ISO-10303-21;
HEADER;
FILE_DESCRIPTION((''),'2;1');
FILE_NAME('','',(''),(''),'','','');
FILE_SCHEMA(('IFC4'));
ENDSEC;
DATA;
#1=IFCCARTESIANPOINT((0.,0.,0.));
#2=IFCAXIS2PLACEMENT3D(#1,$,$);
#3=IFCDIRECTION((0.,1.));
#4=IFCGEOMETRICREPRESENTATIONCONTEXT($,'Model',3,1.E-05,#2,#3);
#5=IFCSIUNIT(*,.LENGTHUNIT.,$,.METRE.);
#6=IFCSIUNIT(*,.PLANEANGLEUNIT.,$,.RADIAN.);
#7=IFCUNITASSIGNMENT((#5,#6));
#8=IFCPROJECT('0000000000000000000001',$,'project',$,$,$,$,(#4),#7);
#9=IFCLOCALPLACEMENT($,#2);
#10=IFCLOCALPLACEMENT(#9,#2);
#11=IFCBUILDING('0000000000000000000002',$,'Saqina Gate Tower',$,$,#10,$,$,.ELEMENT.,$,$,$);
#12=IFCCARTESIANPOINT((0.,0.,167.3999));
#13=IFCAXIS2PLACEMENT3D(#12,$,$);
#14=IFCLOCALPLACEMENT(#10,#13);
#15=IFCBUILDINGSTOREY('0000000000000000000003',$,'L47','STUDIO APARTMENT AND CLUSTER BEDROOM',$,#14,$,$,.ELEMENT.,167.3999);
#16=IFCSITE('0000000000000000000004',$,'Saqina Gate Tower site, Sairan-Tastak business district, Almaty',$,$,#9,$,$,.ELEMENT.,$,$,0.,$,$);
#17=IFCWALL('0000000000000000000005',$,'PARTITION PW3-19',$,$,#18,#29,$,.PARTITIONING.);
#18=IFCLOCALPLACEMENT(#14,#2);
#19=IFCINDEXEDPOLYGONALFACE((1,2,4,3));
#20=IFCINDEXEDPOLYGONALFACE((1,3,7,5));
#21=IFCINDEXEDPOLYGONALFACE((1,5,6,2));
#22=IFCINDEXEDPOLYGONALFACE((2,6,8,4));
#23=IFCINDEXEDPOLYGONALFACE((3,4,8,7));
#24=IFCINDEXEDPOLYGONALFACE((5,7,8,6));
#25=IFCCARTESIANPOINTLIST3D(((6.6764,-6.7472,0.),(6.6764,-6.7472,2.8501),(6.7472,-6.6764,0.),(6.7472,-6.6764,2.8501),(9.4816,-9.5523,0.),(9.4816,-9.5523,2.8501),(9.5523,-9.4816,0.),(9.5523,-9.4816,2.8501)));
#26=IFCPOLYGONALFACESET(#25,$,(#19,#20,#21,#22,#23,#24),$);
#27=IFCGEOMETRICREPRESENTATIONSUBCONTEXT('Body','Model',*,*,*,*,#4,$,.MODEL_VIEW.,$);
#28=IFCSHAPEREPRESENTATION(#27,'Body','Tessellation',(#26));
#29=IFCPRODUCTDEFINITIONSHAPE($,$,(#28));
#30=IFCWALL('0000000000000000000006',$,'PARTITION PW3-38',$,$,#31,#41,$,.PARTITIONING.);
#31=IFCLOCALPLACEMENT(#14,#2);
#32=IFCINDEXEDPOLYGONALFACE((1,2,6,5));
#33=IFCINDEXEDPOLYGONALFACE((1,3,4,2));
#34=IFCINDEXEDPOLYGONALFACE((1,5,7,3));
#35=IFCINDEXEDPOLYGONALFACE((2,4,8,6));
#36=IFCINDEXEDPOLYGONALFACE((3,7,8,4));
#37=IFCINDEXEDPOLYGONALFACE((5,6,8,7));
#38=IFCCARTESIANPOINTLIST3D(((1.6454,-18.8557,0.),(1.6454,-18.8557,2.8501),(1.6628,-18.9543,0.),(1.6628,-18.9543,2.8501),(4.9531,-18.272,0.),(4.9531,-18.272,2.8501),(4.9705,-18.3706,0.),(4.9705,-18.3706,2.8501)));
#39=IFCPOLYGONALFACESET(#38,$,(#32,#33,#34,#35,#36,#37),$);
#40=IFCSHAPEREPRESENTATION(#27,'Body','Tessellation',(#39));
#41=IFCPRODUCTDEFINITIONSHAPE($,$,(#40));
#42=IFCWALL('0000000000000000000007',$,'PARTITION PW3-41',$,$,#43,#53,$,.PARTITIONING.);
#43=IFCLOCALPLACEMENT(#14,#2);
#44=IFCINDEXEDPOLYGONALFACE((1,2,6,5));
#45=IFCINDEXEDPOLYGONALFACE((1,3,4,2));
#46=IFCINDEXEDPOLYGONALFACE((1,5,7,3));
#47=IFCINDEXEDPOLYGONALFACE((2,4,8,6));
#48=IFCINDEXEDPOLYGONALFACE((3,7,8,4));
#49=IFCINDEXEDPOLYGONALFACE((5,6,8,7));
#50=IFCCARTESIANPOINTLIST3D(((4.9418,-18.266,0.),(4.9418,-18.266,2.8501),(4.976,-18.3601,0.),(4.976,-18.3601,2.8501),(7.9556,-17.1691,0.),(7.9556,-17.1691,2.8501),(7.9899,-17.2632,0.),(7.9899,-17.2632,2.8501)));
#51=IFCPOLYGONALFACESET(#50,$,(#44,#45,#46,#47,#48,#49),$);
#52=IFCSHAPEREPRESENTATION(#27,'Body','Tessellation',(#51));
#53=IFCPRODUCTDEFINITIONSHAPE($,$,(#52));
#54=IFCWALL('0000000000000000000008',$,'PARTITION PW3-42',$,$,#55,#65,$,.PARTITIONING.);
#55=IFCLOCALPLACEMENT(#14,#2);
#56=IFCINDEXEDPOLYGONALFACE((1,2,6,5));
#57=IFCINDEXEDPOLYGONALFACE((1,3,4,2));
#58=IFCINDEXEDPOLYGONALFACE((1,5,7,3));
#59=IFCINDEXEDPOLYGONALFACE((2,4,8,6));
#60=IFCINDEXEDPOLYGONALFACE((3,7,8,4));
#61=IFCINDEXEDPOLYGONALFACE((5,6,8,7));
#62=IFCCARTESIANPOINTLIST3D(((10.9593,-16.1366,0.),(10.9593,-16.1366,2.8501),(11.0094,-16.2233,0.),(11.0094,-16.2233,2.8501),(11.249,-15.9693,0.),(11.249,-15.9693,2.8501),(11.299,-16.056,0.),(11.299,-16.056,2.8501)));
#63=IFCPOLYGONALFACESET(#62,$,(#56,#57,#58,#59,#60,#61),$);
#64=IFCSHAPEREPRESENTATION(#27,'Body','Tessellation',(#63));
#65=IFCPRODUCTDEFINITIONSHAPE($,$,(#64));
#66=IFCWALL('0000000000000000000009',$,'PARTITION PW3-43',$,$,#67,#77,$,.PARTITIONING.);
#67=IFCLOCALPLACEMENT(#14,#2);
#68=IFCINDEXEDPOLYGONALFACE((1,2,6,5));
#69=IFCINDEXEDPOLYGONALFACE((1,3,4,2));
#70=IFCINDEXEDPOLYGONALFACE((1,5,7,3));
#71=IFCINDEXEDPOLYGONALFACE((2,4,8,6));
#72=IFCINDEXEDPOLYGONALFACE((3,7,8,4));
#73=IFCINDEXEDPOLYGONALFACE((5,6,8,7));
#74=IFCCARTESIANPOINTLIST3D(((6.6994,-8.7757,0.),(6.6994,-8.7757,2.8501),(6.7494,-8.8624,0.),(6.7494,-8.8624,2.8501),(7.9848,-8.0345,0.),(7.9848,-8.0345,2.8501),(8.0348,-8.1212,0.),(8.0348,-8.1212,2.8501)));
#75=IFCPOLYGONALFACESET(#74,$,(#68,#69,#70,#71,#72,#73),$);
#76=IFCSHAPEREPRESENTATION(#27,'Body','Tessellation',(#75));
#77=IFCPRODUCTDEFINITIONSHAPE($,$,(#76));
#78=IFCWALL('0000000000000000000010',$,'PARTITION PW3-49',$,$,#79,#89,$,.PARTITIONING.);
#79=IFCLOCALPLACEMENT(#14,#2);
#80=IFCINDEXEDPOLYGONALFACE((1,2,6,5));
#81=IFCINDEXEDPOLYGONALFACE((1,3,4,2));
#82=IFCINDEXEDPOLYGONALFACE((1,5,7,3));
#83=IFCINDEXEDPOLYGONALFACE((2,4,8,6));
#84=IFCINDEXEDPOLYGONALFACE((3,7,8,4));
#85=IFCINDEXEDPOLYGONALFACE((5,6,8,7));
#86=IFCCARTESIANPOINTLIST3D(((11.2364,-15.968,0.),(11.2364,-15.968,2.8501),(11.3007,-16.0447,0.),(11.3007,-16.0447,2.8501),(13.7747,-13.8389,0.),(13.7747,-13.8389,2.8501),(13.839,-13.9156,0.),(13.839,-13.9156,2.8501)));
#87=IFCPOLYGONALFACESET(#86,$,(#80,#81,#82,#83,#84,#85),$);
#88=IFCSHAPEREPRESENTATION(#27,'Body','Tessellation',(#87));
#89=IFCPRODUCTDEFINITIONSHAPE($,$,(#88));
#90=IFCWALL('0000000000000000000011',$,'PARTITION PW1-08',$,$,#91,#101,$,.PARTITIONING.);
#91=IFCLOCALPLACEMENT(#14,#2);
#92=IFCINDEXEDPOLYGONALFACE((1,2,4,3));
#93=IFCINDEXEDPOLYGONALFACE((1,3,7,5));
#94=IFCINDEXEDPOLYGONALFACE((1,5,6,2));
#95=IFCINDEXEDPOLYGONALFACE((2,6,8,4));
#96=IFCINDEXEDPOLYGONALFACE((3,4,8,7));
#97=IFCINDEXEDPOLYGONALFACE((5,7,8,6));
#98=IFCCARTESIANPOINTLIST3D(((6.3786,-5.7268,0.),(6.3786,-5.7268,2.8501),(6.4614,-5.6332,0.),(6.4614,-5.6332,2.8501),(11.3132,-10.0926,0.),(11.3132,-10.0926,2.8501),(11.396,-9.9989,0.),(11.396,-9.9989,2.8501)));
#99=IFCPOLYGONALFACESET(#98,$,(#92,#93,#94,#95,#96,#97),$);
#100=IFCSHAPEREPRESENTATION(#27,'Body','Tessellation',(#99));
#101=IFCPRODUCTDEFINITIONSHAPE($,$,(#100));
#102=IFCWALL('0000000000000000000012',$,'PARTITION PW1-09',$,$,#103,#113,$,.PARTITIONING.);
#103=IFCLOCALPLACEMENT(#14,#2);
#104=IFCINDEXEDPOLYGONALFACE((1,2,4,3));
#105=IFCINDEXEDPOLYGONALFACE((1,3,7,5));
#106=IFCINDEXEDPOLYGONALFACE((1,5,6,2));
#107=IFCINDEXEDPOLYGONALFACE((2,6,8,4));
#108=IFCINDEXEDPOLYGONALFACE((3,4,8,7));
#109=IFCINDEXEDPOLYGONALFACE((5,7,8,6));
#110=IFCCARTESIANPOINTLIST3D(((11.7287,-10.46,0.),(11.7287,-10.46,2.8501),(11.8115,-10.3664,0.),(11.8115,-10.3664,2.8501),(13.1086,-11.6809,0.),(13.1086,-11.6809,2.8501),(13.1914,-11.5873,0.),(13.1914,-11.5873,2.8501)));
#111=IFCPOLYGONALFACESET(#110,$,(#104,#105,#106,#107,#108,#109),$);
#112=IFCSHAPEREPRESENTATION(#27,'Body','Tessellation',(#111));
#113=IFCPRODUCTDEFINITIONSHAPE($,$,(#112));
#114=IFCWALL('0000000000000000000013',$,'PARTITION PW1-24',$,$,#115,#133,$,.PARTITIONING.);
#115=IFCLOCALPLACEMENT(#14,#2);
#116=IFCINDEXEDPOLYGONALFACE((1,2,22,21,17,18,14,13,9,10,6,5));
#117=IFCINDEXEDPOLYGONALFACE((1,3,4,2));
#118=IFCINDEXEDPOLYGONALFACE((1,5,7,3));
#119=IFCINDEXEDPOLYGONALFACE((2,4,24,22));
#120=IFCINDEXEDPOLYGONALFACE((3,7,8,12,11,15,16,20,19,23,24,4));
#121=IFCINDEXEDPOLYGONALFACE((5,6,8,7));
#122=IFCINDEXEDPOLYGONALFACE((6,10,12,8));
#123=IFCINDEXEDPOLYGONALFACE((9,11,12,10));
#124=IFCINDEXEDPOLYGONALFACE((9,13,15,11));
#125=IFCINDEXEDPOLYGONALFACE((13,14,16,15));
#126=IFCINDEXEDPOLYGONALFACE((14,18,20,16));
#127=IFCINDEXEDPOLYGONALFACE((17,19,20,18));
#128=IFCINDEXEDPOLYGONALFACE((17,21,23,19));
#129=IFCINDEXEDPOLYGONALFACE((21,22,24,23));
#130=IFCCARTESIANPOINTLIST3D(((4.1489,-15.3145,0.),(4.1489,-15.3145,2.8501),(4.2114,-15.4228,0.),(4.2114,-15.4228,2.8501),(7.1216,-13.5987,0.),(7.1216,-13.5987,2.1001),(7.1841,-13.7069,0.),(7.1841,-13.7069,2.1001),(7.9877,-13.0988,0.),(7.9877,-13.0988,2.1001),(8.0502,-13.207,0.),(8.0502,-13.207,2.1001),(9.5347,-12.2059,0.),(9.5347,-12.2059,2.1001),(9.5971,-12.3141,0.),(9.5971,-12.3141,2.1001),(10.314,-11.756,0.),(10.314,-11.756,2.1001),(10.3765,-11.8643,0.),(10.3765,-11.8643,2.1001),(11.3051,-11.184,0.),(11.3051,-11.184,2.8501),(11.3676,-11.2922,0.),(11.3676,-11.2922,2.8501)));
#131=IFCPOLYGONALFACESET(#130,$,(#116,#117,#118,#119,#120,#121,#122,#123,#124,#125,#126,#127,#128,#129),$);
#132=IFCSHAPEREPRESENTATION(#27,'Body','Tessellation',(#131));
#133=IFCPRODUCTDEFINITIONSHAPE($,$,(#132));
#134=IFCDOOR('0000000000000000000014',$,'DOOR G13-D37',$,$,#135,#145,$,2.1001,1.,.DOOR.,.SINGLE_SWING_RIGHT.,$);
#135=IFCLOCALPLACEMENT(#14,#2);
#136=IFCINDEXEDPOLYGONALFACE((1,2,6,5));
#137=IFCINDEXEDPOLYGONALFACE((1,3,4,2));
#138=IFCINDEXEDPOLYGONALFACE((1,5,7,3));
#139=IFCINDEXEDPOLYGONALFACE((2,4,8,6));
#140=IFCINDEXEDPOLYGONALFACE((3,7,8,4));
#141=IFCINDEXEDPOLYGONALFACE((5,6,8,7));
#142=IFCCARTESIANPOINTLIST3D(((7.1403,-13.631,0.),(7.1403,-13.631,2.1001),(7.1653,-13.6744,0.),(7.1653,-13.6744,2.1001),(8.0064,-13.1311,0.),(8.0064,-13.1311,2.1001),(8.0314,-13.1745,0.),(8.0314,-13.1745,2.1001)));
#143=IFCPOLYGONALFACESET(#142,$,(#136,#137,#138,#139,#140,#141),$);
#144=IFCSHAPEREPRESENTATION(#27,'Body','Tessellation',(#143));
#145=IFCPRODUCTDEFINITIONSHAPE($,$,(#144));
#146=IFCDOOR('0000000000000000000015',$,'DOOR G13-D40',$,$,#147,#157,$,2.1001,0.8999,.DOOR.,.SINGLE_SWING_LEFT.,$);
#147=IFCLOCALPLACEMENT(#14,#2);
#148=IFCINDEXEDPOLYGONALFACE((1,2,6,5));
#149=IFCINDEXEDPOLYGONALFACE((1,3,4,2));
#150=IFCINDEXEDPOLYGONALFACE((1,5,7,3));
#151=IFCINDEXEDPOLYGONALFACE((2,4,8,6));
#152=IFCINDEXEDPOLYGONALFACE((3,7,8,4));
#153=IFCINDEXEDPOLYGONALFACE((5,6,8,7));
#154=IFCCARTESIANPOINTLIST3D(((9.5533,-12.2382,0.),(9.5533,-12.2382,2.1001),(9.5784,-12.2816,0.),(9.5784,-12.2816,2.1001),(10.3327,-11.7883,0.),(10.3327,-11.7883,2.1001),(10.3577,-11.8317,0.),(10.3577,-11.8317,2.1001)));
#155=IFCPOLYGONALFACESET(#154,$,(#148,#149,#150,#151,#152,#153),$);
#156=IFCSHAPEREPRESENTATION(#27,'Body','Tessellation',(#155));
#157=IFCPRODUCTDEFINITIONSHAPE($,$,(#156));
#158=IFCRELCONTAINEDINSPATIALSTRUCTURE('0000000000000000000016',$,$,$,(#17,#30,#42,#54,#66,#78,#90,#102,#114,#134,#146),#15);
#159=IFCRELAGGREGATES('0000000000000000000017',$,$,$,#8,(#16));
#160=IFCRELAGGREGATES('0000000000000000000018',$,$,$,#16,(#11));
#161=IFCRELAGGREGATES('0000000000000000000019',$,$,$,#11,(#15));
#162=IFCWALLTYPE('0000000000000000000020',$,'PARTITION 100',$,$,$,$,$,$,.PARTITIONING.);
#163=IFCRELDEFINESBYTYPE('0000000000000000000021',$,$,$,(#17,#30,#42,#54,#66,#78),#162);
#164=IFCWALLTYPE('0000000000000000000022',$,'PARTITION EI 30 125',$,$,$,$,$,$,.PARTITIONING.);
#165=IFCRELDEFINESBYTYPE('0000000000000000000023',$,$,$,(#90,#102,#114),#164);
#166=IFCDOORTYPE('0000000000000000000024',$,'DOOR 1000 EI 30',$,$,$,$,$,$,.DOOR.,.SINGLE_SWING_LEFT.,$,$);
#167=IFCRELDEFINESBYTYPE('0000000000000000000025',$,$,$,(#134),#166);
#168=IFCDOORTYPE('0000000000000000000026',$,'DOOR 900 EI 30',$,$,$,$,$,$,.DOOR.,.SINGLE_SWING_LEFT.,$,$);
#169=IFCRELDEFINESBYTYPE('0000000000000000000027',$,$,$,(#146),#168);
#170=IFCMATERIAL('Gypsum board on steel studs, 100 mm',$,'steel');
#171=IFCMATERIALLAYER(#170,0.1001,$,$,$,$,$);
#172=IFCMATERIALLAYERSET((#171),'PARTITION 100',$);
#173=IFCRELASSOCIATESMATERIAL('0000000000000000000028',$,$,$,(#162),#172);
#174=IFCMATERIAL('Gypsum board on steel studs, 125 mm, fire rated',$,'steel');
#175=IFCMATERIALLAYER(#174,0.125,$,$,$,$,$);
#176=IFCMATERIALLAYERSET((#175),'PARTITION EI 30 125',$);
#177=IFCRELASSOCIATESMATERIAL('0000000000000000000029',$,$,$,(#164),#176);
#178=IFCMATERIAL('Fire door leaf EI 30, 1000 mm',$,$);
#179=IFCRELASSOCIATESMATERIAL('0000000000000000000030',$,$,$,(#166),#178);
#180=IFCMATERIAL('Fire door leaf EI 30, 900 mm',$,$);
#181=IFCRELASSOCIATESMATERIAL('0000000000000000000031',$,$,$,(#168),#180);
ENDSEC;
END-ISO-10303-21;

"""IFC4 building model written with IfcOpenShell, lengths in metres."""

from ifc_helpers import new_model, si_unit, direction, frame, frame_2d, origin, place, context, subcontext, project, spatial, rectangle, extrude, material, layer, layer_set, type_object, element, fill, save


model = new_model("IFC4")

# Units and contexts
model_context = context("Model", 3, precision=1e-05, world=origin(), true_north=direction((0.0, 1.0)))
body_context = subcontext(model_context, "Body", "Model", "MODEL_VIEW")
ifc_project = project(units=[si_unit("LENGTHUNIT", "METRE"), si_unit("PLANEANGLEUNIT", "RADIAN")], contexts=[model_context])

# Site, building, storey
site_placement = place(None, origin())
site = spatial("IfcSite", under=ifc_project, at=site_placement, Name="Saqina Gate Tower site, Sairan-Tastak business district, Almaty", CompositionType="ELEMENT", RefElevation=0.0)
building_placement = place(site_placement, origin())
building = spatial("IfcBuilding", under=site, at=building_placement, Name="Saqina Gate Tower", CompositionType="ELEMENT")
storey_placement = place(building_placement, frame((0.0, 0.0, 167.3999)))
storey = spatial("IfcBuildingStorey", under=building, at=storey_placement, Name="L47", Description="STUDIO APARTMENT AND CLUSTER BEDROOM", CompositionType="ELEMENT", Elevation=167.3999)

# Shared definitions
ifc_material_1 = material(Name="Gypsum board on steel studs, 100 mm", Category="steel")
ifc_layer_1 = layer(ifc_material_1, 0.1001)
ifc_layer_set_1 = layer_set([ifc_layer_1], Name="PARTITION 100")
wall_type_1 = type_object("IfcWallType", Name="PARTITION 100", PredefinedType="PARTITIONING", material=ifc_layer_set_1)

# Walls
wall_1_placement = place(storey_placement, frame((6.7119, -6.7119, 0.0), z_axis=(0.0, 0.0, 1.0), x_axis=(0.707107, -0.707107, 0.0)))
element("IfcWall", 1, at=wall_1_placement, inside=storey, type_object=wall_type_1, Name="PARTITION PW3-19", PredefinedType="PARTITIONING", context=body_context, shape_type="SweptSolid", body=[
    extrude(rectangle(XDim=3.967, YDim=0.1001, at=frame_2d((1.9834, 0.0))), origin(), (0.0, 0.0, 1.0), 2.8501),
])
wall_2_placement = place(storey_placement, frame((1.6541, -18.905, 0.0), z_axis=(0.0, 0.0, 1.0), x_axis=(0.984784, 0.173785, 0.0)))
element("IfcWall", 2, at=wall_2_placement, inside=storey, type_object=wall_type_1, Name="PARTITION PW3-38", PredefinedType="PARTITIONING", context=body_context, shape_type="SweptSolid", body=[
    extrude(rectangle(XDim=3.3589, YDim=0.1001, at=frame_2d((1.6794, 0.0))), origin(), (0.0, 0.0, 1.0), 2.8501),
])
wall_3_placement = place(storey_placement, frame((4.959, -18.313, 0.0), z_axis=(0.0, 0.0, 1.0), x_axis=(0.939698, 0.342006, 0.0)))
element("IfcWall", 3, at=wall_3_placement, inside=storey, type_object=wall_type_1, Name="PARTITION PW3-41", PredefinedType="PARTITIONING", context=body_context, shape_type="SweptSolid", body=[
    extrude(rectangle(XDim=3.2073, YDim=0.1001, at=frame_2d((1.6035, 0.0))), origin(), (0.0, 0.0, 1.0), 2.8501),
])
wall_4_placement = place(storey_placement, frame((10.9844, -16.1799, 0.0), z_axis=(0.0, 0.0, 1.0), x_axis=(0.865942, 0.500144, 0.0)))
element("IfcWall", 4, at=wall_4_placement, inside=storey, type_object=wall_type_1, Name="PARTITION PW3-42", PredefinedType="PARTITIONING", context=body_context, shape_type="SweptSolid", body=[
    extrude(rectangle(XDim=0.3345, YDim=0.1001, at=frame_2d((0.1672, 0.0))), origin(), (0.0, 0.0, 1.0), 2.8501),
])
wall_5_placement = place(storey_placement, frame((6.7244, -8.8191, 0.0), z_axis=(0.0, 0.0, 1.0), x_axis=(0.866292, 0.499537, 0.0)))
element("IfcWall", 5, at=wall_5_placement, inside=storey, type_object=wall_type_1, Name="PARTITION PW3-43", PredefinedType="PARTITIONING", context=body_context, shape_type="SweptSolid", body=[
    extrude(rectangle(XDim=1.4839, YDim=0.1001, at=frame_2d((0.7419, 0.0))), origin(), (0.0, 0.0, 1.0), 2.8501),
])
wall_6_placement = place(storey_placement, frame((11.2686, -16.0063, 0.0), z_axis=(0.0, 0.0, 1.0), x_axis=(0.766158, 0.642653, 0.0)))
element("IfcWall", 6, at=wall_6_placement, inside=storey, type_object=wall_type_1, Name="PARTITION PW3-49", PredefinedType="PARTITIONING", context=body_context, shape_type="SweptSolid", body=[
    extrude(rectangle(XDim=3.313, YDim=0.1001, at=frame_2d((1.6565, 0.0))), origin(), (0.0, 0.0, 1.0), 2.8501),
])
ifc_material_2 = material(Name="Gypsum board on steel studs, 125 mm, fire rated", Category="steel")
ifc_layer_2 = layer(ifc_material_2, 0.125)
ifc_layer_set_2 = layer_set([ifc_layer_2], Name="PARTITION EI 30 125")
wall_type_2 = type_object("IfcWallType", Name="PARTITION EI 30 125", PredefinedType="PARTITIONING", material=ifc_layer_set_2)
wall_7_placement = place(storey_placement, frame((6.4199, -5.6799, 0.0), z_axis=(0.0, 0.0, 1.0), x_axis=(0.748957, -0.662619, 0.0)))
element("IfcWall", 7, at=wall_7_placement, inside=storey, type_object=wall_type_2, Name="PARTITION PW1-08", PredefinedType="PARTITIONING", context=body_context, shape_type="SweptSolid", body=[
    extrude(rectangle(XDim=6.5886, YDim=0.125, at=frame_2d((3.2944, 0.0))), origin(), (0.0, 0.0, 1.0), 2.8501),
])
wall_8_placement = place(storey_placement, frame((11.77, -10.4131, 0.0), z_axis=(0.0, 0.0, 1.0), x_axis=(0.748921, -0.66266, 0.0)))
element("IfcWall", 8, at=wall_8_placement, inside=storey, type_object=wall_type_2, Name="PARTITION PW1-09", PredefinedType="PARTITIONING", context=body_context, shape_type="SweptSolid", body=[
    extrude(rectangle(XDim=1.8425, YDim=0.125, at=frame_2d((0.9214, 0.0))), origin(), (0.0, 0.0, 1.0), 2.8501),
])

# Wall, openings, doors
wall_9_placement = place(storey_placement, frame((4.1802, -15.3687, 0.0), z_axis=(0.0, 0.0, 1.0), x_axis=(0.86608, 0.499905, 0.0)))
wall_9 = element("IfcWall", 9, at=wall_9_placement, inside=storey, type_object=wall_type_2, Name="PARTITION PW1-24", PredefinedType="PARTITIONING", context=body_context, shape_type="SweptSolid", body=[
    extrude(rectangle(XDim=8.2627, YDim=0.125, at=frame_2d((4.1313, 0.0))), origin(), (0.0, 0.0, 1.0), 2.8501),
])
opening_1_placement = place(wall_9_placement, frame((3.4324, 0.0, 0.0)))
opening_1 = element("IfcOpeningElement", 10, at=opening_1_placement, cuts=wall_9, PredefinedType="OPENING", context=body_context, shape_type="SweptSolid", body=[
    extrude(rectangle(XDim=1.0, YDim=2.1001, at=frame_2d((0.5, 1.05))), frame((0.0, 0.0745, 0.0), z_axis=(0.0, -1.0, 0.0), x_axis=(1.0, 0.0, 0.0)), (0.0, 0.0, 1.0), 0.1489),
])
opening_2_placement = place(wall_9_placement, frame((6.2185, 0.0, 0.0)))
opening_2 = element("IfcOpeningElement", 11, at=opening_2_placement, cuts=wall_9, PredefinedType="OPENING", context=body_context, shape_type="SweptSolid", body=[
    extrude(rectangle(XDim=0.8999, YDim=2.1001, at=frame_2d((0.45, 1.05))), frame((0.0, 0.0745, 0.0), z_axis=(0.0, -1.0, 0.0), x_axis=(1.0, 0.0, 0.0)), (0.0, 0.0, 1.0), 0.1489),
])
ifc_material_3 = material(Name="Fire door leaf EI 30, 1000 mm")
door_type_1 = type_object("IfcDoorType", Name="DOOR 1000 EI 30", OperationType="SINGLE_SWING_LEFT", PredefinedType="DOOR", material=ifc_material_3)
door_1_placement = place(opening_1_placement, frame((1.0, 0.0, 0.0), z_axis=(0.0, 0.0, 1.0), x_axis=(-1.0, 0.0, 0.0)))
door_1 = element("IfcDoor", 12, at=door_1_placement, inside=storey, type_object=door_type_1, Name="DOOR G13-D37", OperationType="SINGLE_SWING_RIGHT", OverallHeight=2.1001, OverallWidth=1.0, PredefinedType="DOOR", context=body_context, shape_type="SweptSolid", body=[
    extrude(rectangle(XDim=1.0, YDim=2.1001, at=frame_2d((0.5, 1.05))), frame((0.0, 0.0249, 0.0), z_axis=(0.0, -1.0, 0.0), x_axis=(1.0, 0.0, 0.0)), (0.0, 0.0, 1.0), 0.05),
])
fill(opening_1, door_1)
ifc_material_4 = material(Name="Fire door leaf EI 30, 900 mm")
door_type_2 = type_object("IfcDoorType", Name="DOOR 900 EI 30", OperationType="SINGLE_SWING_LEFT", PredefinedType="DOOR", material=ifc_material_4)
door_2_placement = place(opening_2_placement, frame((0.8999, 0.0, 0.0), z_axis=(0.0, 0.0, 1.0), x_axis=(-1.0, 0.0, 0.0)))
door_2 = element("IfcDoor", 13, at=door_2_placement, inside=storey, type_object=door_type_2, Name="DOOR G13-D40", OperationType="SINGLE_SWING_LEFT", OverallHeight=2.1001, OverallWidth=0.8999, PredefinedType="DOOR", context=body_context, shape_type="SweptSolid", body=[
    extrude(rectangle(XDim=0.8999, YDim=2.1001, at=frame_2d((0.45, 1.05))), frame((0.0, 0.0249, 0.0), z_axis=(0.0, -1.0, 0.0), x_axis=(1.0, 0.0, 0.0)), (0.0, 0.0, 1.0), 0.05),
])
fill(opening_2, door_2)

save(model, "model.ifc")
